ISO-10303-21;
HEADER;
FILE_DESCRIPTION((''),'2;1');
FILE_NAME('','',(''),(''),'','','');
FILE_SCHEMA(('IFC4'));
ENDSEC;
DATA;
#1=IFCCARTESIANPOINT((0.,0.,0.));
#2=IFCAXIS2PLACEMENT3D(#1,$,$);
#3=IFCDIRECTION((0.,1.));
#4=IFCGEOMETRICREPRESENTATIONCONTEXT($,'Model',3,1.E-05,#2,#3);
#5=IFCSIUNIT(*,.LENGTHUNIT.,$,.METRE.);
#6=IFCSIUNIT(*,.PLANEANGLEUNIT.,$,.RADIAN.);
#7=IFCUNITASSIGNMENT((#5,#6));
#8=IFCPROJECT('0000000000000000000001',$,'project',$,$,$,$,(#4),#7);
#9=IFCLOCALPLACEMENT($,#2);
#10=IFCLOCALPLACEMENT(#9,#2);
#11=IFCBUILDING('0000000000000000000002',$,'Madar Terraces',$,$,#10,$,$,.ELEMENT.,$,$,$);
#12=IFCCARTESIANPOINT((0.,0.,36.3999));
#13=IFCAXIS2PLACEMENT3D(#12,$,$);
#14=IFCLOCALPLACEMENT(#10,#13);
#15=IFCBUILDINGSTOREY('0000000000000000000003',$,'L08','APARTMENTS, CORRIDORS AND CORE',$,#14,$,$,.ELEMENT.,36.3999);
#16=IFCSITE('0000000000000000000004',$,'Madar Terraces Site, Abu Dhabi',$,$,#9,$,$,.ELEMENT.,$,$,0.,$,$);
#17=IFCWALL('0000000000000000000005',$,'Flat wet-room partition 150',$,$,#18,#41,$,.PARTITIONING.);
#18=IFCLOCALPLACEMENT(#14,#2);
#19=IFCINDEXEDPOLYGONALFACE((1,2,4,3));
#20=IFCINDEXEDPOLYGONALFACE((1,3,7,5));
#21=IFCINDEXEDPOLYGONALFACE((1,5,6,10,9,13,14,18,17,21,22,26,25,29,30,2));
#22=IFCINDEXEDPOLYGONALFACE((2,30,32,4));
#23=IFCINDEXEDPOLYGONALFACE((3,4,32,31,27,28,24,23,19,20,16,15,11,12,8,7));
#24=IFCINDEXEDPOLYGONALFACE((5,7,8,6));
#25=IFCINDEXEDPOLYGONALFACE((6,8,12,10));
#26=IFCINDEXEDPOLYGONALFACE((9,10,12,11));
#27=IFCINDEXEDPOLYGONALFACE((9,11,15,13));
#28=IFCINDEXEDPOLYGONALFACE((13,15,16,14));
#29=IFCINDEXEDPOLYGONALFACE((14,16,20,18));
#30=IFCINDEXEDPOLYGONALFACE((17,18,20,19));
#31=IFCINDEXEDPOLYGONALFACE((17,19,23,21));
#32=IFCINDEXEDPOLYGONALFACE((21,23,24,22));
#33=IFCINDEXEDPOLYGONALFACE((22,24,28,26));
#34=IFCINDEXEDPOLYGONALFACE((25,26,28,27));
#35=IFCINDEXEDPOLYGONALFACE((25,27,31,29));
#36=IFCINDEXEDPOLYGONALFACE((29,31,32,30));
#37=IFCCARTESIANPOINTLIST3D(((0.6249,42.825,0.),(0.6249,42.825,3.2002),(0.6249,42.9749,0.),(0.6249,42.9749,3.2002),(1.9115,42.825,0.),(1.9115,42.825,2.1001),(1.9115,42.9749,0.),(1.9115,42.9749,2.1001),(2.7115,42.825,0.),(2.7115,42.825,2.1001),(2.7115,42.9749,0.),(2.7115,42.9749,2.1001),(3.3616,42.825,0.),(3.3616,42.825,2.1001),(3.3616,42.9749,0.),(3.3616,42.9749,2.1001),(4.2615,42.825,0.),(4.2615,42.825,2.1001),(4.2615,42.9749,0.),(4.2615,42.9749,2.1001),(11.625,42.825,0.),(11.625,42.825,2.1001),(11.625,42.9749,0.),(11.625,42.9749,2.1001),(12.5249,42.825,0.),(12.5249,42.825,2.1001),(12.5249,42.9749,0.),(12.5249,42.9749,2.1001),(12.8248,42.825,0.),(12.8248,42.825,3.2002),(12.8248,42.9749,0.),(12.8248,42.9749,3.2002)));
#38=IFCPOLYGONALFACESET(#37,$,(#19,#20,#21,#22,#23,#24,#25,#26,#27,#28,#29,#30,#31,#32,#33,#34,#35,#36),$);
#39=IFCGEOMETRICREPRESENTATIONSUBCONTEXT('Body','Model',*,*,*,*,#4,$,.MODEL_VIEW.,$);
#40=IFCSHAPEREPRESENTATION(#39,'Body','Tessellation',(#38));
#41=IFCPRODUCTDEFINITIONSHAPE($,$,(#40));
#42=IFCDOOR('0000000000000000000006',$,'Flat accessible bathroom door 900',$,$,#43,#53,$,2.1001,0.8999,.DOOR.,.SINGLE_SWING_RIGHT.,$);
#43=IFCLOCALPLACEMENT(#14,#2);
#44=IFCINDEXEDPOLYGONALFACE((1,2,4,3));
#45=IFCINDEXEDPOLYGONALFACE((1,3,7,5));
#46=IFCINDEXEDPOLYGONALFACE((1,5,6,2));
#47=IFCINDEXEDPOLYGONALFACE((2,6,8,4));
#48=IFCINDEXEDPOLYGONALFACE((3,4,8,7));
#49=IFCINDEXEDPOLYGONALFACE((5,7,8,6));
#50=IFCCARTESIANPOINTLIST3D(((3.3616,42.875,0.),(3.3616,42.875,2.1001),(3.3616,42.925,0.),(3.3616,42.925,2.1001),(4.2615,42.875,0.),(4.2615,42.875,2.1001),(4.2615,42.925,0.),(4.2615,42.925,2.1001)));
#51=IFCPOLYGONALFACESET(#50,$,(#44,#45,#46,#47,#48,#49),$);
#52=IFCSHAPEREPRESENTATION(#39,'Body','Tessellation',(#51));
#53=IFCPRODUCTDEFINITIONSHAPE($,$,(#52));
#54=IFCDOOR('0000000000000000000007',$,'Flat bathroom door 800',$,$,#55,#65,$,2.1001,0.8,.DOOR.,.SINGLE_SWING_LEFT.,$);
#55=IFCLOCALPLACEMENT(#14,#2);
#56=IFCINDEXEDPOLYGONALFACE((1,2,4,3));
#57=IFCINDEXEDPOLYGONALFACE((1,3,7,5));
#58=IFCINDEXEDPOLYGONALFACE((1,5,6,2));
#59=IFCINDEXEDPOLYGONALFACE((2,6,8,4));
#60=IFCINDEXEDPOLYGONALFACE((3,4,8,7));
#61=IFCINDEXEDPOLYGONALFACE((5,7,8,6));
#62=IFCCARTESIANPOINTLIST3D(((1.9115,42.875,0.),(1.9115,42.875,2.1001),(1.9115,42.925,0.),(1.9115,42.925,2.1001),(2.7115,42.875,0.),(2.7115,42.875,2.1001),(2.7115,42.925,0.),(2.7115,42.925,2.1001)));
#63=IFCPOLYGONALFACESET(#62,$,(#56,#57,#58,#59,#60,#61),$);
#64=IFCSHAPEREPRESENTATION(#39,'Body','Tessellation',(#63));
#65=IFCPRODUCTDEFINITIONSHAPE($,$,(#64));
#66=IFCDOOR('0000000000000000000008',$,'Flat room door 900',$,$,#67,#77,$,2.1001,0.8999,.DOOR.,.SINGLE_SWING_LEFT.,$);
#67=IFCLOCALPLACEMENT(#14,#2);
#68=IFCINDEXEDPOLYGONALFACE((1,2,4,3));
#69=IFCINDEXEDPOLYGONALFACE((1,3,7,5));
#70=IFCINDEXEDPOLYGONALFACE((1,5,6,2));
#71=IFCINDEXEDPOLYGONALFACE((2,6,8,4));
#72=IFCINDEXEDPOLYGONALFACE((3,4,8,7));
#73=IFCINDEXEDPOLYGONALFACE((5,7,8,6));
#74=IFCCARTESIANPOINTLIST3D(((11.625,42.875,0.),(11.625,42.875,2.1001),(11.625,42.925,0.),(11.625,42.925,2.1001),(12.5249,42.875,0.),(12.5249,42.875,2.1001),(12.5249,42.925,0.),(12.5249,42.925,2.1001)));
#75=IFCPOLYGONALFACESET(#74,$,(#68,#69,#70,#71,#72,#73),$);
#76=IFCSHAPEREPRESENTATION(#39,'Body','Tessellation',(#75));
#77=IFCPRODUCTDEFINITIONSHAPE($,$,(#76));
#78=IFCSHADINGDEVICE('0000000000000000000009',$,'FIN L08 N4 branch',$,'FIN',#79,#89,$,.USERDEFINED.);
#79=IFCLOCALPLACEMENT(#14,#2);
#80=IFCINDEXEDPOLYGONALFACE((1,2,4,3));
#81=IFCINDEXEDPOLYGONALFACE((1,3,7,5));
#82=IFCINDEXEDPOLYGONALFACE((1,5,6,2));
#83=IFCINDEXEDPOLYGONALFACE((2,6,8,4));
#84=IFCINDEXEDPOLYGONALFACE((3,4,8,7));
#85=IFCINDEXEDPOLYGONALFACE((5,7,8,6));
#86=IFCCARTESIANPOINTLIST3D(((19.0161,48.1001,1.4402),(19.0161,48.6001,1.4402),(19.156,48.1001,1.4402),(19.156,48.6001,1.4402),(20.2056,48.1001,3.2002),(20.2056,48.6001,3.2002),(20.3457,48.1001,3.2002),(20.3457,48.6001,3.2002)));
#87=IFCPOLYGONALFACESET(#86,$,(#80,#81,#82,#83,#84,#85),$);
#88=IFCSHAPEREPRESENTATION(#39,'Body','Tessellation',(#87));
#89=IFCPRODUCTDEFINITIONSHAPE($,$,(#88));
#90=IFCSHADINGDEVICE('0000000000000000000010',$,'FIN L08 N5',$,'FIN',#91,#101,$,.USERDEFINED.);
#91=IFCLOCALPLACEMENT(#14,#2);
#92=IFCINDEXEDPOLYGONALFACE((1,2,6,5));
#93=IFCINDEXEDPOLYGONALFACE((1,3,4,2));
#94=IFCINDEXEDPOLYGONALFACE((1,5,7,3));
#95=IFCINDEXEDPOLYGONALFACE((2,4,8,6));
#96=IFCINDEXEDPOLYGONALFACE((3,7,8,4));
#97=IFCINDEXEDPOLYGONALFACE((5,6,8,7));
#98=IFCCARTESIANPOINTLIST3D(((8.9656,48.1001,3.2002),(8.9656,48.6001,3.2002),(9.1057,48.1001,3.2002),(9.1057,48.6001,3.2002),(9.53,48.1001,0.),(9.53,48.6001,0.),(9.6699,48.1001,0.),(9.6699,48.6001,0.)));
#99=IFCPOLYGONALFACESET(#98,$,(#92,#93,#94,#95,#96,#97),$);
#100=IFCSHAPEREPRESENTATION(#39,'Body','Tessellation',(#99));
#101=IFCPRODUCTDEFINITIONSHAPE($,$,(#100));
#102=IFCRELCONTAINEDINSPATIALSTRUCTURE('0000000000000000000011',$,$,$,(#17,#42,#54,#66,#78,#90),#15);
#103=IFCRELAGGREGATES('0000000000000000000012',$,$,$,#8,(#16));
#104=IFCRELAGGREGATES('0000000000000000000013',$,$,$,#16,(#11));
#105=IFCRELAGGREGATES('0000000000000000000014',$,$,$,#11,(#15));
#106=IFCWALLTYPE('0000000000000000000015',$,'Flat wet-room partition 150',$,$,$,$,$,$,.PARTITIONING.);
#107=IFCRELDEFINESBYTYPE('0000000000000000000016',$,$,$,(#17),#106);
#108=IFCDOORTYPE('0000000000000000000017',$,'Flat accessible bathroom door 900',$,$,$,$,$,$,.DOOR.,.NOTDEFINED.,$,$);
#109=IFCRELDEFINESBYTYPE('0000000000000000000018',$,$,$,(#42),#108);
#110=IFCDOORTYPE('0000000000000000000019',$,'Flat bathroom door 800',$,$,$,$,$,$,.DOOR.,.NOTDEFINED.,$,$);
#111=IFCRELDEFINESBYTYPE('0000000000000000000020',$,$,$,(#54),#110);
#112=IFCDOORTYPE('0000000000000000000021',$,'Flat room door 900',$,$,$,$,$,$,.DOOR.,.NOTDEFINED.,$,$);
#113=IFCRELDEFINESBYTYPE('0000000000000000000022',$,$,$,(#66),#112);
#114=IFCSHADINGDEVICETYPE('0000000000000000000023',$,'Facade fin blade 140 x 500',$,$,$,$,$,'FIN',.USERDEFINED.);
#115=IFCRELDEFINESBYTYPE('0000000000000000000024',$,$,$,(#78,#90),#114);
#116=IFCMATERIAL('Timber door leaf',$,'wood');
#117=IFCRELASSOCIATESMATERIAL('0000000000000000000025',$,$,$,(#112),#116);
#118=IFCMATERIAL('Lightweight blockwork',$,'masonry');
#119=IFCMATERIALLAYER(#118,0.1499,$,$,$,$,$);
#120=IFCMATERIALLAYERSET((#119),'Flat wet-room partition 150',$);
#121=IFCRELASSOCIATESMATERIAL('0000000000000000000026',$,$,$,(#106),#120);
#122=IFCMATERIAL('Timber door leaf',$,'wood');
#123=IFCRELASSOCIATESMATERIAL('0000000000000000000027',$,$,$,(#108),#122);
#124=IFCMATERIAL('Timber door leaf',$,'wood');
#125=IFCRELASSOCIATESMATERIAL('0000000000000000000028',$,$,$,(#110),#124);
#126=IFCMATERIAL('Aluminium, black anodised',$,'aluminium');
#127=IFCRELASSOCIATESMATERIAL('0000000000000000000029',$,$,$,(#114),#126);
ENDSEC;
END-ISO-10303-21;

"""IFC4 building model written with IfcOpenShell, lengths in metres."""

from ifc_helpers import new_model, si_unit, direction, frame, frame_2d, origin, place, context, subcontext, project, spatial, polyline, rectangle, outline, extrude, material, layer, layer_set, type_object, element, fill, save


model = new_model("IFC4")

# Units and contexts
model_context = context("Model", 3, precision=1e-05, world=origin(), true_north=direction((0.0, 1.0)))
body_context = subcontext(model_context, "Body", "Model", "MODEL_VIEW")
ifc_project = project(units=[si_unit("LENGTHUNIT", "METRE"), si_unit("PLANEANGLEUNIT", "RADIAN")], contexts=[model_context])

# Site, building, storey
site_placement = place(None, origin())
site = spatial("IfcSite", under=ifc_project, at=site_placement, Name="Madar Terraces Site, Abu Dhabi", CompositionType="ELEMENT", RefElevation=0.0)
building_placement = place(site_placement, origin())
building = spatial("IfcBuilding", under=site, at=building_placement, Name="Madar Terraces", CompositionType="ELEMENT")
storey_placement = place(building_placement, frame((0.0, 0.0, 36.3999)))
storey = spatial("IfcBuildingStorey", under=building, at=storey_placement, Name="L08", Description="APARTMENTS, CORRIDORS AND CORE", CompositionType="ELEMENT", Elevation=36.3999)

# Shared definitions
ifc_material_1 = material(Name="Timber door leaf", Category="wood")
door_type_1 = type_object("IfcDoorType", Name="Flat room door 900", OperationType="NOTDEFINED", PredefinedType="DOOR", material=ifc_material_1)

# Wall, openings, doors
ifc_material_2 = material(Name="Lightweight blockwork", Category="masonry")
ifc_layer_1 = layer(ifc_material_2, 0.1499)
ifc_layer_set_1 = layer_set([ifc_layer_1], Name="Flat wet-room partition 150")
wall_type_1 = type_object("IfcWallType", Name="Flat wet-room partition 150", PredefinedType="PARTITIONING", material=ifc_layer_set_1)
wall_1_placement = place(storey_placement, frame((12.825, 42.8999, 0.0), z_axis=(0.0, 0.0, 1.0), x_axis=(-1.0, 0.0, 0.0)))
wall_1 = element("IfcWall", 1, at=wall_1_placement, inside=storey, type_object=wall_type_1, Name="Flat wet-room partition 150", PredefinedType="PARTITIONING", context=body_context, shape_type="SweptSolid", body=[
    extrude(rectangle(XDim=12.2, YDim=0.1499, at=frame_2d((6.1001, 0.0))), origin(), (0.0, 0.0, 1.0), 3.2002),
])
opening_1_placement = place(wall_1_placement, frame((0.3, 0.0, 0.0)))
opening_1 = element("IfcOpeningElement", 2, at=opening_1_placement, cuts=wall_1, PredefinedType="OPENING", context=body_context, shape_type="SweptSolid", body=[
    extrude(rectangle(XDim=0.8999, YDim=2.1001, at=frame_2d((0.45, 1.05))), frame((0.0, 0.085, 0.0), z_axis=(0.0, -1.0, 0.0), x_axis=(1.0, 0.0, 0.0)), (0.0, 0.0, 1.0), 0.1699),
])
opening_2_placement = place(wall_1_placement, frame((8.5635, 0.0, 0.0)))
opening_2 = element("IfcOpeningElement", 3, at=opening_2_placement, cuts=wall_1, PredefinedType="OPENING", context=body_context, shape_type="SweptSolid", body=[
    extrude(rectangle(XDim=0.8999, YDim=2.1001, at=frame_2d((0.45, 1.05))), frame((0.0, 0.085, 0.0), z_axis=(0.0, -1.0, 0.0), x_axis=(1.0, 0.0, 0.0)), (0.0, 0.0, 1.0), 0.1699),
])
opening_3_placement = place(wall_1_placement, frame((10.1135, 0.0, 0.0)))
opening_3 = element("IfcOpeningElement", 4, at=opening_3_placement, cuts=wall_1, PredefinedType="OPENING", context=body_context, shape_type="SweptSolid", body=[
    extrude(rectangle(XDim=0.8, YDim=2.1001, at=frame_2d((0.3999, 1.05))), frame((0.0, 0.085, 0.0), z_axis=(0.0, -1.0, 0.0), x_axis=(1.0, 0.0, 0.0)), (0.0, 0.0, 1.0), 0.1699),
])
ifc_material_3 = material(Name="Timber door leaf", Category="wood")
door_type_2 = type_object("IfcDoorType", Name="Flat accessible bathroom door 900", OperationType="NOTDEFINED", PredefinedType="DOOR", material=ifc_material_3)
door_1_placement = place(opening_2_placement, origin())
door_1 = element("IfcDoor", 5, at=door_1_placement, inside=storey, type_object=door_type_2, Name="Flat accessible bathroom door 900", OperationType="SINGLE_SWING_RIGHT", OverallHeight=2.1001, OverallWidth=0.8999, PredefinedType="DOOR", context=body_context, shape_type="SweptSolid", body=[
    extrude(rectangle(XDim=0.8999, YDim=2.1001, at=frame_2d((0.45, 1.05))), frame((0.0, 0.0249, 0.0), z_axis=(0.0, -1.0, 0.0), x_axis=(1.0, 0.0, 0.0)), (0.0, 0.0, 1.0), 0.05),
])
fill(opening_2, door_1)
ifc_material_4 = material(Name="Timber door leaf", Category="wood")
door_type_3 = type_object("IfcDoorType", Name="Flat bathroom door 800", OperationType="NOTDEFINED", PredefinedType="DOOR", material=ifc_material_4)
door_2_placement = place(opening_3_placement, origin())
door_2 = element("IfcDoor", 6, at=door_2_placement, inside=storey, type_object=door_type_3, Name="Flat bathroom door 800", OperationType="SINGLE_SWING_LEFT", OverallHeight=2.1001, OverallWidth=0.8, PredefinedType="DOOR", context=body_context, shape_type="SweptSolid", body=[
    extrude(rectangle(XDim=0.8, YDim=2.1001, at=frame_2d((0.3999, 1.05))), frame((0.0, 0.0249, 0.0), z_axis=(0.0, -1.0, 0.0), x_axis=(1.0, 0.0, 0.0)), (0.0, 0.0, 1.0), 0.05),
])
fill(opening_3, door_2)
door_3_placement = place(opening_1_placement, origin())
door_3 = element("IfcDoor", 7, at=door_3_placement, inside=storey, type_object=door_type_1, Name="Flat room door 900", OperationType="SINGLE_SWING_LEFT", OverallHeight=2.1001, OverallWidth=0.8999, PredefinedType="DOOR", context=body_context, shape_type="SweptSolid", body=[
    extrude(rectangle(XDim=0.8999, YDim=2.1001, at=frame_2d((0.45, 1.05))), frame((0.0, 0.0249, 0.0), z_axis=(0.0, -1.0, 0.0), x_axis=(1.0, 0.0, 0.0)), (0.0, 0.0, 1.0), 0.05),
])
fill(opening_1, door_3)

# Shading devices
ifc_material_5 = material(Name="Aluminium, black anodised", Category="aluminium")
shading_device_type = type_object("IfcShadingDeviceType", Name="Facade fin blade 140 x 500", ElementType="FIN", PredefinedType="USERDEFINED", material=ifc_material_5)
shading_device_1_placement = place(storey_placement, frame((19.156, 48.3501, 1.4402), z_axis=(0.0, 0.0, 1.0), x_axis=(-1.0, 0.0, 0.0)))
element("IfcShadingDevice", 8, at=shading_device_1_placement, inside=storey, type_object=shading_device_type, Name="FIN L08 N4 branch", ObjectType="FIN", PredefinedType="USERDEFINED", context=body_context, shape_type="SweptSolid", body=[
    extrude(outline(polyline([(0.0, 0.0), (0.1399, 0.0), (-1.0496, 1.76), (-1.1897, 1.76), (0.0, 0.0)])), frame((0.0, 0.25, 0.0), z_axis=(0.0, -1.0, 0.0), x_axis=(1.0, 0.0, 0.0)), (0.0, 0.0, 1.0), 0.5),
])
shading_device_2_placement = place(storey_placement, frame((9.6699, 48.3501, 0.0), z_axis=(0.0, 0.0, 1.0), x_axis=(-1.0, 0.0, 0.0)))
element("IfcShadingDevice", 9, at=shading_device_2_placement, inside=storey, type_object=shading_device_type, Name="FIN L08 N5", ObjectType="FIN", PredefinedType="USERDEFINED", context=body_context, shape_type="SweptSolid", body=[
    extrude(outline(polyline([(0.0, 0.0), (0.1399, 0.0), (0.7043, 3.2002), (0.5642, 3.2002), (0.0, 0.0)])), frame((0.0, 0.25, 0.0), z_axis=(0.0, -1.0, 0.0), x_axis=(1.0, 0.0, 0.0)), (0.0, 0.0, 1.0), 0.5),
])

save(model, "model.ifc")
